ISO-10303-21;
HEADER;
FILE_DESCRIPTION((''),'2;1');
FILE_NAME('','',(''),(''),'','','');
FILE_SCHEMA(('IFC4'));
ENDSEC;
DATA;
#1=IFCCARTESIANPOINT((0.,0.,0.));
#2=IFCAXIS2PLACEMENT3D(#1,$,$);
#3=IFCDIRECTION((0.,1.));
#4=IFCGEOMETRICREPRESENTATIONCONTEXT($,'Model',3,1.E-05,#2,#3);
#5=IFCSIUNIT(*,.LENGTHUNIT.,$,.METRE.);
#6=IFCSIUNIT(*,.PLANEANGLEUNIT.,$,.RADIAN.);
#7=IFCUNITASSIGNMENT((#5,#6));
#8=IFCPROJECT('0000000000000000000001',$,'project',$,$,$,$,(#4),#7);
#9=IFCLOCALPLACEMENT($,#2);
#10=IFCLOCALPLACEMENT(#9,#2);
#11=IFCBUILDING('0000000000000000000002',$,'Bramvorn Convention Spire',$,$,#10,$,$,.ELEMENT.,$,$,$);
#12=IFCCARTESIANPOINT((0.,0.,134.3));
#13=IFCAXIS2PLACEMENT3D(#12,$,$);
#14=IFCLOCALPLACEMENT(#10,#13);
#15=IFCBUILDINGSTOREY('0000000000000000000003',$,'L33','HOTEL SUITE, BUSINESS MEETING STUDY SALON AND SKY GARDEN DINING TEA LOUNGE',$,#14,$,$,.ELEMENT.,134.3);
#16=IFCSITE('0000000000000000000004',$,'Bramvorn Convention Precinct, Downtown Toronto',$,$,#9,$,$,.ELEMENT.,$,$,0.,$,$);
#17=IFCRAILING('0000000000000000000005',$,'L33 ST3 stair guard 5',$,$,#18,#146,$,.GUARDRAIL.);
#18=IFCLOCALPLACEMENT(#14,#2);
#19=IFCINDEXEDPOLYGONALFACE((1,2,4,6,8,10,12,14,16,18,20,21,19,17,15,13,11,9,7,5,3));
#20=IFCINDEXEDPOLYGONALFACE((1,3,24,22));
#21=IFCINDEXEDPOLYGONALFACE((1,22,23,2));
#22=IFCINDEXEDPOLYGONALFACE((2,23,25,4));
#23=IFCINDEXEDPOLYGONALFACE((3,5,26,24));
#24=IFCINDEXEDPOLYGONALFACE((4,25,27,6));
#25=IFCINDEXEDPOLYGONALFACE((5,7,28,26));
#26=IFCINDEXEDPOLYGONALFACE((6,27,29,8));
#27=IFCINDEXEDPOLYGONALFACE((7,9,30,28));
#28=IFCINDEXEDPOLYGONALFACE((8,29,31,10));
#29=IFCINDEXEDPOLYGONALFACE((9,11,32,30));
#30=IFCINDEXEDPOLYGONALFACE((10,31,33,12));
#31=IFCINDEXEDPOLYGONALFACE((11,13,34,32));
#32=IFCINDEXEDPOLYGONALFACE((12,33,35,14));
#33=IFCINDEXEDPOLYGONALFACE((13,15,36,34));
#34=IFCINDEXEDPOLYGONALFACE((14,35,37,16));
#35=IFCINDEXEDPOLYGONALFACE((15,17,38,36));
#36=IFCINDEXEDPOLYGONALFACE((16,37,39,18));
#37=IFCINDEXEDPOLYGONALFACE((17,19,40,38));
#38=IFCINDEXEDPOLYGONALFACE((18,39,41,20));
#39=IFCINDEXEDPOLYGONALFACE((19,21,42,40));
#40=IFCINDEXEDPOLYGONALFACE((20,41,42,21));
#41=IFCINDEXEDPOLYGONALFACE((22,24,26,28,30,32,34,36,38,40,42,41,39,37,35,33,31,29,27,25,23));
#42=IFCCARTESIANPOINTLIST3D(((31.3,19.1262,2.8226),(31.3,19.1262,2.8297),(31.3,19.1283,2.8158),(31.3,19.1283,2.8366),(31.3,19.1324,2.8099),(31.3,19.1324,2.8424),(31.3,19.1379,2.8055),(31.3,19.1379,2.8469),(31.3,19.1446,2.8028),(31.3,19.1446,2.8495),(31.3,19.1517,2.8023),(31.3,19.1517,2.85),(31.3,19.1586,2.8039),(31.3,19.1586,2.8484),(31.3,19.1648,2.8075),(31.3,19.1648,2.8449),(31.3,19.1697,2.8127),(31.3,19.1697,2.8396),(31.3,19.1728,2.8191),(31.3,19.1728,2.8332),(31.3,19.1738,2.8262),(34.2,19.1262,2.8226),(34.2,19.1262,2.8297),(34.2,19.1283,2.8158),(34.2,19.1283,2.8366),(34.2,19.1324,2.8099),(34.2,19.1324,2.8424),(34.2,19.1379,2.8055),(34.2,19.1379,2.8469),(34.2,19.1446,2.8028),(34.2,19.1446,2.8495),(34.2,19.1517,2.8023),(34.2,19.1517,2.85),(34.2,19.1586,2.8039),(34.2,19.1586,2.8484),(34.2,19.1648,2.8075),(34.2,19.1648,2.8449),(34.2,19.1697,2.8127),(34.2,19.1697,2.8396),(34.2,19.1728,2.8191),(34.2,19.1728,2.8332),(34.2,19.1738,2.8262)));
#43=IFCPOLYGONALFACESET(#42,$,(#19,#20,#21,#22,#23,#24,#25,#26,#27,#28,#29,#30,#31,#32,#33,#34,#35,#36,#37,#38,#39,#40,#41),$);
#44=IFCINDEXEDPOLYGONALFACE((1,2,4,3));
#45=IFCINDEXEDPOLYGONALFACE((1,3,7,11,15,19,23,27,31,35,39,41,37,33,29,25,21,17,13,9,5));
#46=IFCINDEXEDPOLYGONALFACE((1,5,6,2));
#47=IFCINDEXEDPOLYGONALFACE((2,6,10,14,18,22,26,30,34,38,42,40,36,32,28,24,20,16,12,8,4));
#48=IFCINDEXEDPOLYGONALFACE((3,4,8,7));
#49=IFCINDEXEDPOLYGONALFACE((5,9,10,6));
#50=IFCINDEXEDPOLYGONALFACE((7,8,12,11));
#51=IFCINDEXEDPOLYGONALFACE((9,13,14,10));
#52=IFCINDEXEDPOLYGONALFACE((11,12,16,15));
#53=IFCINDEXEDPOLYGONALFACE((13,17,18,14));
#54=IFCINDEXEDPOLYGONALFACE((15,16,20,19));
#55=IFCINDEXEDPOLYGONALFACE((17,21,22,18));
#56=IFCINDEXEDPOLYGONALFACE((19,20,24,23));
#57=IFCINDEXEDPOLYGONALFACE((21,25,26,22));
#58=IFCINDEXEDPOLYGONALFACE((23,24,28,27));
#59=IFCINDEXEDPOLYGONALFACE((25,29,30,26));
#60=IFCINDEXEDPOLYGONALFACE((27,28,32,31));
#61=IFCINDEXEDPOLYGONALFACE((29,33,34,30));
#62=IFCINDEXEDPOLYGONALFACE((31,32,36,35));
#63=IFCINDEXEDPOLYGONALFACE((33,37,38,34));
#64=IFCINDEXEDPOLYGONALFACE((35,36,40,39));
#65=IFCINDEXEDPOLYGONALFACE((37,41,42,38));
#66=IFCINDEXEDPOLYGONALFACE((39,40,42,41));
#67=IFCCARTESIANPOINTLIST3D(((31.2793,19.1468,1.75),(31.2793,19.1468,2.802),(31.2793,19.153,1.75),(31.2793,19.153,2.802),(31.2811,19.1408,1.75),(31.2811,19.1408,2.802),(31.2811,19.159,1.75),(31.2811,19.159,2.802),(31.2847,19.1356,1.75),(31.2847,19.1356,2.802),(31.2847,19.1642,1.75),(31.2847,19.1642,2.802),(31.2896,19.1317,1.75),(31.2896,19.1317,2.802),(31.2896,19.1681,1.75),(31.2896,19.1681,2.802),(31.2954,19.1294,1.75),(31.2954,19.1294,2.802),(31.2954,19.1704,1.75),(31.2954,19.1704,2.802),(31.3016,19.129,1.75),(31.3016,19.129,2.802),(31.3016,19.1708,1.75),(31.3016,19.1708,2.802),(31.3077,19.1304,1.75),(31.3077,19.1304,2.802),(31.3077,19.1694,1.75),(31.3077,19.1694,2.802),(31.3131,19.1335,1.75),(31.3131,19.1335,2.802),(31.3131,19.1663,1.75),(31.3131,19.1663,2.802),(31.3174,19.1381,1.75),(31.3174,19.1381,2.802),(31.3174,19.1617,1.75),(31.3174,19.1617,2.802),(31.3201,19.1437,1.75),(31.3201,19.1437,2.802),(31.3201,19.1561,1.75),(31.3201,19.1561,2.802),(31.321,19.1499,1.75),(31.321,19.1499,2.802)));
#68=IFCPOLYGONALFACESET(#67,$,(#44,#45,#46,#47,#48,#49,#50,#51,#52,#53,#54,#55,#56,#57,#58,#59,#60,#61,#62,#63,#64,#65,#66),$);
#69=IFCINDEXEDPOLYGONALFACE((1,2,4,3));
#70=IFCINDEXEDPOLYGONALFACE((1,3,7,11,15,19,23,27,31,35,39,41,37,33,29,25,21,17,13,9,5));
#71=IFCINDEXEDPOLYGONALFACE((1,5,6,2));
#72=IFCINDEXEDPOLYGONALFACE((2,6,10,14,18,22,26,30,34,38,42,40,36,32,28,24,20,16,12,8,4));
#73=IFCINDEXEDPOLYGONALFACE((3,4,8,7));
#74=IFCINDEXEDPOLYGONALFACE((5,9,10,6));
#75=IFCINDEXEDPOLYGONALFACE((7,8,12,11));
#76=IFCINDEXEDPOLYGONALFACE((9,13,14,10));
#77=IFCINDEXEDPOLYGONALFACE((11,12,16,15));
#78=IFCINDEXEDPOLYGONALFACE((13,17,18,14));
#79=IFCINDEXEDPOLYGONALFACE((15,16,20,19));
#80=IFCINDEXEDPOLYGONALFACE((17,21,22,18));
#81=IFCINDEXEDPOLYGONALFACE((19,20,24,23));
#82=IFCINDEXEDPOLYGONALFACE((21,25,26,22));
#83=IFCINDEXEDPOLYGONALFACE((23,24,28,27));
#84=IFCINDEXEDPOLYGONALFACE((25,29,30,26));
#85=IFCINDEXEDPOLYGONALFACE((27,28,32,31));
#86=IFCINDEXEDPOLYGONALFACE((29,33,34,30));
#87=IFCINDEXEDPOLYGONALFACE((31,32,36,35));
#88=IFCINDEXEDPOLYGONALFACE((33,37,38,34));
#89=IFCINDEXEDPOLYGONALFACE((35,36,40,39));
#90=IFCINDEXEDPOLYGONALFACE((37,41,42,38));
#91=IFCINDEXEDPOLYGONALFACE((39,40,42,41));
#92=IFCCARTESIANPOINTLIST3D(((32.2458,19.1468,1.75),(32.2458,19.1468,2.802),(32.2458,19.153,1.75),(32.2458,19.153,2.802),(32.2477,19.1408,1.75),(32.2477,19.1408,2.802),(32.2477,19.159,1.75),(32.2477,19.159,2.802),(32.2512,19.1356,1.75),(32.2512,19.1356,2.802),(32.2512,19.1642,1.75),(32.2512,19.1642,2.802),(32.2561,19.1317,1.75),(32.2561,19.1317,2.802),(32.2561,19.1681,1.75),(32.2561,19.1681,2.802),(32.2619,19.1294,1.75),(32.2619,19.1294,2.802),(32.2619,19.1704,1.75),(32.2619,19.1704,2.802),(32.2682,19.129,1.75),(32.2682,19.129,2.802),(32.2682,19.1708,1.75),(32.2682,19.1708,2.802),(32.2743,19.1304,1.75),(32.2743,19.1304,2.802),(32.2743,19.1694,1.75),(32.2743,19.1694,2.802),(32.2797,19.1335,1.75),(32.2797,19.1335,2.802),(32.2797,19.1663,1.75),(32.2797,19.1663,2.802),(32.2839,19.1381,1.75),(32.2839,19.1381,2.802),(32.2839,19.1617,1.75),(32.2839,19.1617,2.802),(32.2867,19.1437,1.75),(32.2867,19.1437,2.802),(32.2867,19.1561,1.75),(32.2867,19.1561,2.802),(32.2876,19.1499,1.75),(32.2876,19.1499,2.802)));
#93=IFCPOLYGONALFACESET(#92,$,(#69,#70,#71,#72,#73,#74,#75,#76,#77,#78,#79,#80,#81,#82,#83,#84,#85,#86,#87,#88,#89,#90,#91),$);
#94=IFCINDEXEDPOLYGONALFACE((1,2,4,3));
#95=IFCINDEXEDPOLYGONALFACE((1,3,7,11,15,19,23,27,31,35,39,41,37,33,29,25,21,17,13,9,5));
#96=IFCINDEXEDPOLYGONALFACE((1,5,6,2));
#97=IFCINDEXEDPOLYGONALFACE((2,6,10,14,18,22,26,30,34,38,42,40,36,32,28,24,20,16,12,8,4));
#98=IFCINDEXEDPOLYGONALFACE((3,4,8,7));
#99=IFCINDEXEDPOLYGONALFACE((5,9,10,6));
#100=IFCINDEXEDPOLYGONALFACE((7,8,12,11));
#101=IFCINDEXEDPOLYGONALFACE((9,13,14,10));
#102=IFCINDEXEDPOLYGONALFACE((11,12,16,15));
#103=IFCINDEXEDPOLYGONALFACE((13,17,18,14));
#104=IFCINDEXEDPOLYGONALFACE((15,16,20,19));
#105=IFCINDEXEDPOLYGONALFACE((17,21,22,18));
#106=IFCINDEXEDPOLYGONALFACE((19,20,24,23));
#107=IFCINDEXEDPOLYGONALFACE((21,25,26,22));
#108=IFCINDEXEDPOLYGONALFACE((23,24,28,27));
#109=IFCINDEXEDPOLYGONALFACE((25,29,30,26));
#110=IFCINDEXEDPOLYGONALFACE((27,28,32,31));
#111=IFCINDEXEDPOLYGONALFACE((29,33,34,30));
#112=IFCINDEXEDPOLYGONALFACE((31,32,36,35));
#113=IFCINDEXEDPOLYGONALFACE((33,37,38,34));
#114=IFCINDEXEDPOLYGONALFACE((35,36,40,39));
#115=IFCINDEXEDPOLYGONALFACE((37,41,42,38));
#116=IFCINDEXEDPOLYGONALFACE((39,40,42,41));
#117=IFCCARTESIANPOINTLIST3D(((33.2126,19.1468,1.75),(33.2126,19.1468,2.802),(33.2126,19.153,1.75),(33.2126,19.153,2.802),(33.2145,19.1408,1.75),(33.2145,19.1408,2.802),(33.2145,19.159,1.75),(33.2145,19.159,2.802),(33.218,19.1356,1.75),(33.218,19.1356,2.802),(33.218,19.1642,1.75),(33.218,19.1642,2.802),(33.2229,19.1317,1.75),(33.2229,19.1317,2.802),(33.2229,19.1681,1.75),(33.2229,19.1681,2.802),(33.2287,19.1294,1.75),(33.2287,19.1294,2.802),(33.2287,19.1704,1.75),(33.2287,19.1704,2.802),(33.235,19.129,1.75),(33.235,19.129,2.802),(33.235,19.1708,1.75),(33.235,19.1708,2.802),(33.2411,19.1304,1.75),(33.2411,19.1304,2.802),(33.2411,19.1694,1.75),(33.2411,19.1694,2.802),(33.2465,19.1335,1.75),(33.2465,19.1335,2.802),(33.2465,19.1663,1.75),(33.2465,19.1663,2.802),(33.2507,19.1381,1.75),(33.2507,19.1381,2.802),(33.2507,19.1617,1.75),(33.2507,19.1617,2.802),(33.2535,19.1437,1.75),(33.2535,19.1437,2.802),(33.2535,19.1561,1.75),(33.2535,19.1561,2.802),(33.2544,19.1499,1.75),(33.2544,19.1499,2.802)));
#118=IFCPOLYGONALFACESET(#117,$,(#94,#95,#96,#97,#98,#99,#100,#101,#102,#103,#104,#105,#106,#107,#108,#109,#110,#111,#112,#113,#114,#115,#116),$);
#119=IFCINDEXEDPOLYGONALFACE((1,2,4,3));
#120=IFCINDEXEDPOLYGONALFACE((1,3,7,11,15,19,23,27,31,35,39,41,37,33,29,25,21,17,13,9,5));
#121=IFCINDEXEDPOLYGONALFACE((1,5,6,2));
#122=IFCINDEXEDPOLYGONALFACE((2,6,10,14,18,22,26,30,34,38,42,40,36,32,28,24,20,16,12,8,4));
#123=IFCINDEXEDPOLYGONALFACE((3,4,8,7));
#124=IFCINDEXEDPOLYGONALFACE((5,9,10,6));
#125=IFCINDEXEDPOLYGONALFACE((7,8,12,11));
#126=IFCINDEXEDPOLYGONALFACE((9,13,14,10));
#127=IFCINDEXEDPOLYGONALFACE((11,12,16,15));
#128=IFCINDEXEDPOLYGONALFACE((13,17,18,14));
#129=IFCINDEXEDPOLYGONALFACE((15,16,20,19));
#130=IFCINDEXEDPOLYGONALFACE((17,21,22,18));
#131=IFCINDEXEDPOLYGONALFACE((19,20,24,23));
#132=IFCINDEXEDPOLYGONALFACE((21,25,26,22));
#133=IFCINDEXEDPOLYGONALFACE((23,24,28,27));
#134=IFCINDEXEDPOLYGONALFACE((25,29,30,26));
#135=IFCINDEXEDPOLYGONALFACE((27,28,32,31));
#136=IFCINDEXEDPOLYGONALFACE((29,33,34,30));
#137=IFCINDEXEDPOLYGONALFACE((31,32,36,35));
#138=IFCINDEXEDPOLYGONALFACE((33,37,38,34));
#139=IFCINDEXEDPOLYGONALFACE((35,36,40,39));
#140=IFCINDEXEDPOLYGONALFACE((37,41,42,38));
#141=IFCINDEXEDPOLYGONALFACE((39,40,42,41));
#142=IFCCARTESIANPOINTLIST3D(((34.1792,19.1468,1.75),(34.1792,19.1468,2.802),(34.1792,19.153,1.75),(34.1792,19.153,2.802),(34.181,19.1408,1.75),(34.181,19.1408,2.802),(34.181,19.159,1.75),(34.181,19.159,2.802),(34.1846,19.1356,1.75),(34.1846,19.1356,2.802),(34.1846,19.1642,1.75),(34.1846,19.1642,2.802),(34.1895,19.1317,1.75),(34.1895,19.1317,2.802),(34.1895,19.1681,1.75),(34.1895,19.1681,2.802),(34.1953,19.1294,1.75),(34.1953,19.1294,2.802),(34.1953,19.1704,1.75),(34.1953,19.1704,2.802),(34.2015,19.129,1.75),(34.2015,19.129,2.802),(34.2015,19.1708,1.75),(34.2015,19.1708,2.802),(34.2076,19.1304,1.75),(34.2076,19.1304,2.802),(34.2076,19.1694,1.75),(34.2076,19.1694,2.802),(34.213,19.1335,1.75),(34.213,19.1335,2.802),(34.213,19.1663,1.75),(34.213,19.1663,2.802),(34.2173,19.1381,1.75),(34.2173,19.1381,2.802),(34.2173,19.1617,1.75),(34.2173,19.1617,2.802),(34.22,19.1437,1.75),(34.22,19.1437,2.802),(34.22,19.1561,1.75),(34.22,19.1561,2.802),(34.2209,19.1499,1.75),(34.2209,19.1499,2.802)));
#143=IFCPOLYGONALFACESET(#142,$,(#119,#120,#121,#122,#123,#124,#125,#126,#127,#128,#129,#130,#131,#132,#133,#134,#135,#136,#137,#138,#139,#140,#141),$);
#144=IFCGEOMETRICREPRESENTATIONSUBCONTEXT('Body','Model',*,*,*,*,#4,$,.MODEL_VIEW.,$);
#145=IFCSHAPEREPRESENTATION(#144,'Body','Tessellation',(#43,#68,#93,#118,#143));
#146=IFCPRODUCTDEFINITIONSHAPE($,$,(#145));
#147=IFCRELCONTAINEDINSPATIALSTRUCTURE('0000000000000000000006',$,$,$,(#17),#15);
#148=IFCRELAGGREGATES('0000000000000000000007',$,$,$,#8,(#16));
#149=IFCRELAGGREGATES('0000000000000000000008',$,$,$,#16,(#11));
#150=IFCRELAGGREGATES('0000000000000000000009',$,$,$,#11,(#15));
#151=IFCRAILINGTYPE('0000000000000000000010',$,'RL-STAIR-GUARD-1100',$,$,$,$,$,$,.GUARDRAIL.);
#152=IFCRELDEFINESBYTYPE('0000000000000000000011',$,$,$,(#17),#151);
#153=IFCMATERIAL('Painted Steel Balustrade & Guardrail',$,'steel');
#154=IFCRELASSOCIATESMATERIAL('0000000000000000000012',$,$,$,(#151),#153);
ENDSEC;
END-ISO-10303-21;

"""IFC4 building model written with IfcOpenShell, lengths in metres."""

from ifc_helpers import new_model, si_unit, direction, frame, origin, origin_2d, place, context, subcontext, project, spatial, circle, extrude, material, type_object, element, save


model = new_model("IFC4")

# Units and contexts
model_context = context("Model", 3, precision=1e-05, world=origin(), true_north=direction((0.0, 1.0)))
body_context = subcontext(model_context, "Body", "Model", "MODEL_VIEW")
ifc_project = project(units=[si_unit("LENGTHUNIT", "METRE"), si_unit("PLANEANGLEUNIT", "RADIAN")], contexts=[model_context])

# Site, building, storey
site_placement = place(None, origin())
site = spatial("IfcSite", under=ifc_project, at=site_placement, Name="Bramvorn Convention Precinct, Downtown Toronto", CompositionType="ELEMENT", RefElevation=0.0)
building_placement = place(site_placement, origin())
building = spatial("IfcBuilding", under=site, at=building_placement, Name="Bramvorn Convention Spire", CompositionType="ELEMENT")
storey_placement = place(building_placement, frame((0.0, 0.0, 134.3)))
storey = spatial("IfcBuildingStorey", under=building, at=storey_placement, Name="L33", Description="HOTEL SUITE, BUSINESS MEETING STUDY SALON AND SKY GARDEN DINING TEA LOUNGE", CompositionType="ELEMENT", Elevation=134.3)

# Railing
ifc_material_1 = material(Name="Painted Steel Balustrade & Guardrail", Category="steel")
railing_type = type_object("IfcRailingType", Name="RL-STAIR-GUARD-1100", PredefinedType="GUARDRAIL", material=ifc_material_1)
railing_1_placement = place(storey_placement, frame((31.3, 19.1499, 1.75)))
element("IfcRailing", 1, at=railing_1_placement, inside=storey, type_object=railing_type, Name="L33 ST3 stair guard 5", PredefinedType="GUARDRAIL", context=body_context, shape_type="SweptSolid", body=[
    extrude(circle(Radius=0.0239, at=origin_2d()), frame((0.0, 0.0, 1.0762), z_axis=(1.0, 0.0, 0.0), x_axis=(0.0, 1.0, 0.0)), (0.0, 0.0, 1.0), 2.8999),
    extrude(circle(Radius=0.021, at=origin_2d()), origin(), (0.0, 0.0, 1.0), 1.052),
    extrude(circle(Radius=0.021, at=origin_2d()), frame((0.9666, 0.0, 0.0)), (0.0, 0.0, 1.0), 1.052),
    extrude(circle(Radius=0.021, at=origin_2d()), frame((1.9333, 0.0, 0.0)), (0.0, 0.0, 1.0), 1.052),
    extrude(circle(Radius=0.021, at=origin_2d()), frame((2.8999, 0.0, 0.0)), (0.0, 0.0, 1.0), 1.052),
])

save(model, "model.ifc")
